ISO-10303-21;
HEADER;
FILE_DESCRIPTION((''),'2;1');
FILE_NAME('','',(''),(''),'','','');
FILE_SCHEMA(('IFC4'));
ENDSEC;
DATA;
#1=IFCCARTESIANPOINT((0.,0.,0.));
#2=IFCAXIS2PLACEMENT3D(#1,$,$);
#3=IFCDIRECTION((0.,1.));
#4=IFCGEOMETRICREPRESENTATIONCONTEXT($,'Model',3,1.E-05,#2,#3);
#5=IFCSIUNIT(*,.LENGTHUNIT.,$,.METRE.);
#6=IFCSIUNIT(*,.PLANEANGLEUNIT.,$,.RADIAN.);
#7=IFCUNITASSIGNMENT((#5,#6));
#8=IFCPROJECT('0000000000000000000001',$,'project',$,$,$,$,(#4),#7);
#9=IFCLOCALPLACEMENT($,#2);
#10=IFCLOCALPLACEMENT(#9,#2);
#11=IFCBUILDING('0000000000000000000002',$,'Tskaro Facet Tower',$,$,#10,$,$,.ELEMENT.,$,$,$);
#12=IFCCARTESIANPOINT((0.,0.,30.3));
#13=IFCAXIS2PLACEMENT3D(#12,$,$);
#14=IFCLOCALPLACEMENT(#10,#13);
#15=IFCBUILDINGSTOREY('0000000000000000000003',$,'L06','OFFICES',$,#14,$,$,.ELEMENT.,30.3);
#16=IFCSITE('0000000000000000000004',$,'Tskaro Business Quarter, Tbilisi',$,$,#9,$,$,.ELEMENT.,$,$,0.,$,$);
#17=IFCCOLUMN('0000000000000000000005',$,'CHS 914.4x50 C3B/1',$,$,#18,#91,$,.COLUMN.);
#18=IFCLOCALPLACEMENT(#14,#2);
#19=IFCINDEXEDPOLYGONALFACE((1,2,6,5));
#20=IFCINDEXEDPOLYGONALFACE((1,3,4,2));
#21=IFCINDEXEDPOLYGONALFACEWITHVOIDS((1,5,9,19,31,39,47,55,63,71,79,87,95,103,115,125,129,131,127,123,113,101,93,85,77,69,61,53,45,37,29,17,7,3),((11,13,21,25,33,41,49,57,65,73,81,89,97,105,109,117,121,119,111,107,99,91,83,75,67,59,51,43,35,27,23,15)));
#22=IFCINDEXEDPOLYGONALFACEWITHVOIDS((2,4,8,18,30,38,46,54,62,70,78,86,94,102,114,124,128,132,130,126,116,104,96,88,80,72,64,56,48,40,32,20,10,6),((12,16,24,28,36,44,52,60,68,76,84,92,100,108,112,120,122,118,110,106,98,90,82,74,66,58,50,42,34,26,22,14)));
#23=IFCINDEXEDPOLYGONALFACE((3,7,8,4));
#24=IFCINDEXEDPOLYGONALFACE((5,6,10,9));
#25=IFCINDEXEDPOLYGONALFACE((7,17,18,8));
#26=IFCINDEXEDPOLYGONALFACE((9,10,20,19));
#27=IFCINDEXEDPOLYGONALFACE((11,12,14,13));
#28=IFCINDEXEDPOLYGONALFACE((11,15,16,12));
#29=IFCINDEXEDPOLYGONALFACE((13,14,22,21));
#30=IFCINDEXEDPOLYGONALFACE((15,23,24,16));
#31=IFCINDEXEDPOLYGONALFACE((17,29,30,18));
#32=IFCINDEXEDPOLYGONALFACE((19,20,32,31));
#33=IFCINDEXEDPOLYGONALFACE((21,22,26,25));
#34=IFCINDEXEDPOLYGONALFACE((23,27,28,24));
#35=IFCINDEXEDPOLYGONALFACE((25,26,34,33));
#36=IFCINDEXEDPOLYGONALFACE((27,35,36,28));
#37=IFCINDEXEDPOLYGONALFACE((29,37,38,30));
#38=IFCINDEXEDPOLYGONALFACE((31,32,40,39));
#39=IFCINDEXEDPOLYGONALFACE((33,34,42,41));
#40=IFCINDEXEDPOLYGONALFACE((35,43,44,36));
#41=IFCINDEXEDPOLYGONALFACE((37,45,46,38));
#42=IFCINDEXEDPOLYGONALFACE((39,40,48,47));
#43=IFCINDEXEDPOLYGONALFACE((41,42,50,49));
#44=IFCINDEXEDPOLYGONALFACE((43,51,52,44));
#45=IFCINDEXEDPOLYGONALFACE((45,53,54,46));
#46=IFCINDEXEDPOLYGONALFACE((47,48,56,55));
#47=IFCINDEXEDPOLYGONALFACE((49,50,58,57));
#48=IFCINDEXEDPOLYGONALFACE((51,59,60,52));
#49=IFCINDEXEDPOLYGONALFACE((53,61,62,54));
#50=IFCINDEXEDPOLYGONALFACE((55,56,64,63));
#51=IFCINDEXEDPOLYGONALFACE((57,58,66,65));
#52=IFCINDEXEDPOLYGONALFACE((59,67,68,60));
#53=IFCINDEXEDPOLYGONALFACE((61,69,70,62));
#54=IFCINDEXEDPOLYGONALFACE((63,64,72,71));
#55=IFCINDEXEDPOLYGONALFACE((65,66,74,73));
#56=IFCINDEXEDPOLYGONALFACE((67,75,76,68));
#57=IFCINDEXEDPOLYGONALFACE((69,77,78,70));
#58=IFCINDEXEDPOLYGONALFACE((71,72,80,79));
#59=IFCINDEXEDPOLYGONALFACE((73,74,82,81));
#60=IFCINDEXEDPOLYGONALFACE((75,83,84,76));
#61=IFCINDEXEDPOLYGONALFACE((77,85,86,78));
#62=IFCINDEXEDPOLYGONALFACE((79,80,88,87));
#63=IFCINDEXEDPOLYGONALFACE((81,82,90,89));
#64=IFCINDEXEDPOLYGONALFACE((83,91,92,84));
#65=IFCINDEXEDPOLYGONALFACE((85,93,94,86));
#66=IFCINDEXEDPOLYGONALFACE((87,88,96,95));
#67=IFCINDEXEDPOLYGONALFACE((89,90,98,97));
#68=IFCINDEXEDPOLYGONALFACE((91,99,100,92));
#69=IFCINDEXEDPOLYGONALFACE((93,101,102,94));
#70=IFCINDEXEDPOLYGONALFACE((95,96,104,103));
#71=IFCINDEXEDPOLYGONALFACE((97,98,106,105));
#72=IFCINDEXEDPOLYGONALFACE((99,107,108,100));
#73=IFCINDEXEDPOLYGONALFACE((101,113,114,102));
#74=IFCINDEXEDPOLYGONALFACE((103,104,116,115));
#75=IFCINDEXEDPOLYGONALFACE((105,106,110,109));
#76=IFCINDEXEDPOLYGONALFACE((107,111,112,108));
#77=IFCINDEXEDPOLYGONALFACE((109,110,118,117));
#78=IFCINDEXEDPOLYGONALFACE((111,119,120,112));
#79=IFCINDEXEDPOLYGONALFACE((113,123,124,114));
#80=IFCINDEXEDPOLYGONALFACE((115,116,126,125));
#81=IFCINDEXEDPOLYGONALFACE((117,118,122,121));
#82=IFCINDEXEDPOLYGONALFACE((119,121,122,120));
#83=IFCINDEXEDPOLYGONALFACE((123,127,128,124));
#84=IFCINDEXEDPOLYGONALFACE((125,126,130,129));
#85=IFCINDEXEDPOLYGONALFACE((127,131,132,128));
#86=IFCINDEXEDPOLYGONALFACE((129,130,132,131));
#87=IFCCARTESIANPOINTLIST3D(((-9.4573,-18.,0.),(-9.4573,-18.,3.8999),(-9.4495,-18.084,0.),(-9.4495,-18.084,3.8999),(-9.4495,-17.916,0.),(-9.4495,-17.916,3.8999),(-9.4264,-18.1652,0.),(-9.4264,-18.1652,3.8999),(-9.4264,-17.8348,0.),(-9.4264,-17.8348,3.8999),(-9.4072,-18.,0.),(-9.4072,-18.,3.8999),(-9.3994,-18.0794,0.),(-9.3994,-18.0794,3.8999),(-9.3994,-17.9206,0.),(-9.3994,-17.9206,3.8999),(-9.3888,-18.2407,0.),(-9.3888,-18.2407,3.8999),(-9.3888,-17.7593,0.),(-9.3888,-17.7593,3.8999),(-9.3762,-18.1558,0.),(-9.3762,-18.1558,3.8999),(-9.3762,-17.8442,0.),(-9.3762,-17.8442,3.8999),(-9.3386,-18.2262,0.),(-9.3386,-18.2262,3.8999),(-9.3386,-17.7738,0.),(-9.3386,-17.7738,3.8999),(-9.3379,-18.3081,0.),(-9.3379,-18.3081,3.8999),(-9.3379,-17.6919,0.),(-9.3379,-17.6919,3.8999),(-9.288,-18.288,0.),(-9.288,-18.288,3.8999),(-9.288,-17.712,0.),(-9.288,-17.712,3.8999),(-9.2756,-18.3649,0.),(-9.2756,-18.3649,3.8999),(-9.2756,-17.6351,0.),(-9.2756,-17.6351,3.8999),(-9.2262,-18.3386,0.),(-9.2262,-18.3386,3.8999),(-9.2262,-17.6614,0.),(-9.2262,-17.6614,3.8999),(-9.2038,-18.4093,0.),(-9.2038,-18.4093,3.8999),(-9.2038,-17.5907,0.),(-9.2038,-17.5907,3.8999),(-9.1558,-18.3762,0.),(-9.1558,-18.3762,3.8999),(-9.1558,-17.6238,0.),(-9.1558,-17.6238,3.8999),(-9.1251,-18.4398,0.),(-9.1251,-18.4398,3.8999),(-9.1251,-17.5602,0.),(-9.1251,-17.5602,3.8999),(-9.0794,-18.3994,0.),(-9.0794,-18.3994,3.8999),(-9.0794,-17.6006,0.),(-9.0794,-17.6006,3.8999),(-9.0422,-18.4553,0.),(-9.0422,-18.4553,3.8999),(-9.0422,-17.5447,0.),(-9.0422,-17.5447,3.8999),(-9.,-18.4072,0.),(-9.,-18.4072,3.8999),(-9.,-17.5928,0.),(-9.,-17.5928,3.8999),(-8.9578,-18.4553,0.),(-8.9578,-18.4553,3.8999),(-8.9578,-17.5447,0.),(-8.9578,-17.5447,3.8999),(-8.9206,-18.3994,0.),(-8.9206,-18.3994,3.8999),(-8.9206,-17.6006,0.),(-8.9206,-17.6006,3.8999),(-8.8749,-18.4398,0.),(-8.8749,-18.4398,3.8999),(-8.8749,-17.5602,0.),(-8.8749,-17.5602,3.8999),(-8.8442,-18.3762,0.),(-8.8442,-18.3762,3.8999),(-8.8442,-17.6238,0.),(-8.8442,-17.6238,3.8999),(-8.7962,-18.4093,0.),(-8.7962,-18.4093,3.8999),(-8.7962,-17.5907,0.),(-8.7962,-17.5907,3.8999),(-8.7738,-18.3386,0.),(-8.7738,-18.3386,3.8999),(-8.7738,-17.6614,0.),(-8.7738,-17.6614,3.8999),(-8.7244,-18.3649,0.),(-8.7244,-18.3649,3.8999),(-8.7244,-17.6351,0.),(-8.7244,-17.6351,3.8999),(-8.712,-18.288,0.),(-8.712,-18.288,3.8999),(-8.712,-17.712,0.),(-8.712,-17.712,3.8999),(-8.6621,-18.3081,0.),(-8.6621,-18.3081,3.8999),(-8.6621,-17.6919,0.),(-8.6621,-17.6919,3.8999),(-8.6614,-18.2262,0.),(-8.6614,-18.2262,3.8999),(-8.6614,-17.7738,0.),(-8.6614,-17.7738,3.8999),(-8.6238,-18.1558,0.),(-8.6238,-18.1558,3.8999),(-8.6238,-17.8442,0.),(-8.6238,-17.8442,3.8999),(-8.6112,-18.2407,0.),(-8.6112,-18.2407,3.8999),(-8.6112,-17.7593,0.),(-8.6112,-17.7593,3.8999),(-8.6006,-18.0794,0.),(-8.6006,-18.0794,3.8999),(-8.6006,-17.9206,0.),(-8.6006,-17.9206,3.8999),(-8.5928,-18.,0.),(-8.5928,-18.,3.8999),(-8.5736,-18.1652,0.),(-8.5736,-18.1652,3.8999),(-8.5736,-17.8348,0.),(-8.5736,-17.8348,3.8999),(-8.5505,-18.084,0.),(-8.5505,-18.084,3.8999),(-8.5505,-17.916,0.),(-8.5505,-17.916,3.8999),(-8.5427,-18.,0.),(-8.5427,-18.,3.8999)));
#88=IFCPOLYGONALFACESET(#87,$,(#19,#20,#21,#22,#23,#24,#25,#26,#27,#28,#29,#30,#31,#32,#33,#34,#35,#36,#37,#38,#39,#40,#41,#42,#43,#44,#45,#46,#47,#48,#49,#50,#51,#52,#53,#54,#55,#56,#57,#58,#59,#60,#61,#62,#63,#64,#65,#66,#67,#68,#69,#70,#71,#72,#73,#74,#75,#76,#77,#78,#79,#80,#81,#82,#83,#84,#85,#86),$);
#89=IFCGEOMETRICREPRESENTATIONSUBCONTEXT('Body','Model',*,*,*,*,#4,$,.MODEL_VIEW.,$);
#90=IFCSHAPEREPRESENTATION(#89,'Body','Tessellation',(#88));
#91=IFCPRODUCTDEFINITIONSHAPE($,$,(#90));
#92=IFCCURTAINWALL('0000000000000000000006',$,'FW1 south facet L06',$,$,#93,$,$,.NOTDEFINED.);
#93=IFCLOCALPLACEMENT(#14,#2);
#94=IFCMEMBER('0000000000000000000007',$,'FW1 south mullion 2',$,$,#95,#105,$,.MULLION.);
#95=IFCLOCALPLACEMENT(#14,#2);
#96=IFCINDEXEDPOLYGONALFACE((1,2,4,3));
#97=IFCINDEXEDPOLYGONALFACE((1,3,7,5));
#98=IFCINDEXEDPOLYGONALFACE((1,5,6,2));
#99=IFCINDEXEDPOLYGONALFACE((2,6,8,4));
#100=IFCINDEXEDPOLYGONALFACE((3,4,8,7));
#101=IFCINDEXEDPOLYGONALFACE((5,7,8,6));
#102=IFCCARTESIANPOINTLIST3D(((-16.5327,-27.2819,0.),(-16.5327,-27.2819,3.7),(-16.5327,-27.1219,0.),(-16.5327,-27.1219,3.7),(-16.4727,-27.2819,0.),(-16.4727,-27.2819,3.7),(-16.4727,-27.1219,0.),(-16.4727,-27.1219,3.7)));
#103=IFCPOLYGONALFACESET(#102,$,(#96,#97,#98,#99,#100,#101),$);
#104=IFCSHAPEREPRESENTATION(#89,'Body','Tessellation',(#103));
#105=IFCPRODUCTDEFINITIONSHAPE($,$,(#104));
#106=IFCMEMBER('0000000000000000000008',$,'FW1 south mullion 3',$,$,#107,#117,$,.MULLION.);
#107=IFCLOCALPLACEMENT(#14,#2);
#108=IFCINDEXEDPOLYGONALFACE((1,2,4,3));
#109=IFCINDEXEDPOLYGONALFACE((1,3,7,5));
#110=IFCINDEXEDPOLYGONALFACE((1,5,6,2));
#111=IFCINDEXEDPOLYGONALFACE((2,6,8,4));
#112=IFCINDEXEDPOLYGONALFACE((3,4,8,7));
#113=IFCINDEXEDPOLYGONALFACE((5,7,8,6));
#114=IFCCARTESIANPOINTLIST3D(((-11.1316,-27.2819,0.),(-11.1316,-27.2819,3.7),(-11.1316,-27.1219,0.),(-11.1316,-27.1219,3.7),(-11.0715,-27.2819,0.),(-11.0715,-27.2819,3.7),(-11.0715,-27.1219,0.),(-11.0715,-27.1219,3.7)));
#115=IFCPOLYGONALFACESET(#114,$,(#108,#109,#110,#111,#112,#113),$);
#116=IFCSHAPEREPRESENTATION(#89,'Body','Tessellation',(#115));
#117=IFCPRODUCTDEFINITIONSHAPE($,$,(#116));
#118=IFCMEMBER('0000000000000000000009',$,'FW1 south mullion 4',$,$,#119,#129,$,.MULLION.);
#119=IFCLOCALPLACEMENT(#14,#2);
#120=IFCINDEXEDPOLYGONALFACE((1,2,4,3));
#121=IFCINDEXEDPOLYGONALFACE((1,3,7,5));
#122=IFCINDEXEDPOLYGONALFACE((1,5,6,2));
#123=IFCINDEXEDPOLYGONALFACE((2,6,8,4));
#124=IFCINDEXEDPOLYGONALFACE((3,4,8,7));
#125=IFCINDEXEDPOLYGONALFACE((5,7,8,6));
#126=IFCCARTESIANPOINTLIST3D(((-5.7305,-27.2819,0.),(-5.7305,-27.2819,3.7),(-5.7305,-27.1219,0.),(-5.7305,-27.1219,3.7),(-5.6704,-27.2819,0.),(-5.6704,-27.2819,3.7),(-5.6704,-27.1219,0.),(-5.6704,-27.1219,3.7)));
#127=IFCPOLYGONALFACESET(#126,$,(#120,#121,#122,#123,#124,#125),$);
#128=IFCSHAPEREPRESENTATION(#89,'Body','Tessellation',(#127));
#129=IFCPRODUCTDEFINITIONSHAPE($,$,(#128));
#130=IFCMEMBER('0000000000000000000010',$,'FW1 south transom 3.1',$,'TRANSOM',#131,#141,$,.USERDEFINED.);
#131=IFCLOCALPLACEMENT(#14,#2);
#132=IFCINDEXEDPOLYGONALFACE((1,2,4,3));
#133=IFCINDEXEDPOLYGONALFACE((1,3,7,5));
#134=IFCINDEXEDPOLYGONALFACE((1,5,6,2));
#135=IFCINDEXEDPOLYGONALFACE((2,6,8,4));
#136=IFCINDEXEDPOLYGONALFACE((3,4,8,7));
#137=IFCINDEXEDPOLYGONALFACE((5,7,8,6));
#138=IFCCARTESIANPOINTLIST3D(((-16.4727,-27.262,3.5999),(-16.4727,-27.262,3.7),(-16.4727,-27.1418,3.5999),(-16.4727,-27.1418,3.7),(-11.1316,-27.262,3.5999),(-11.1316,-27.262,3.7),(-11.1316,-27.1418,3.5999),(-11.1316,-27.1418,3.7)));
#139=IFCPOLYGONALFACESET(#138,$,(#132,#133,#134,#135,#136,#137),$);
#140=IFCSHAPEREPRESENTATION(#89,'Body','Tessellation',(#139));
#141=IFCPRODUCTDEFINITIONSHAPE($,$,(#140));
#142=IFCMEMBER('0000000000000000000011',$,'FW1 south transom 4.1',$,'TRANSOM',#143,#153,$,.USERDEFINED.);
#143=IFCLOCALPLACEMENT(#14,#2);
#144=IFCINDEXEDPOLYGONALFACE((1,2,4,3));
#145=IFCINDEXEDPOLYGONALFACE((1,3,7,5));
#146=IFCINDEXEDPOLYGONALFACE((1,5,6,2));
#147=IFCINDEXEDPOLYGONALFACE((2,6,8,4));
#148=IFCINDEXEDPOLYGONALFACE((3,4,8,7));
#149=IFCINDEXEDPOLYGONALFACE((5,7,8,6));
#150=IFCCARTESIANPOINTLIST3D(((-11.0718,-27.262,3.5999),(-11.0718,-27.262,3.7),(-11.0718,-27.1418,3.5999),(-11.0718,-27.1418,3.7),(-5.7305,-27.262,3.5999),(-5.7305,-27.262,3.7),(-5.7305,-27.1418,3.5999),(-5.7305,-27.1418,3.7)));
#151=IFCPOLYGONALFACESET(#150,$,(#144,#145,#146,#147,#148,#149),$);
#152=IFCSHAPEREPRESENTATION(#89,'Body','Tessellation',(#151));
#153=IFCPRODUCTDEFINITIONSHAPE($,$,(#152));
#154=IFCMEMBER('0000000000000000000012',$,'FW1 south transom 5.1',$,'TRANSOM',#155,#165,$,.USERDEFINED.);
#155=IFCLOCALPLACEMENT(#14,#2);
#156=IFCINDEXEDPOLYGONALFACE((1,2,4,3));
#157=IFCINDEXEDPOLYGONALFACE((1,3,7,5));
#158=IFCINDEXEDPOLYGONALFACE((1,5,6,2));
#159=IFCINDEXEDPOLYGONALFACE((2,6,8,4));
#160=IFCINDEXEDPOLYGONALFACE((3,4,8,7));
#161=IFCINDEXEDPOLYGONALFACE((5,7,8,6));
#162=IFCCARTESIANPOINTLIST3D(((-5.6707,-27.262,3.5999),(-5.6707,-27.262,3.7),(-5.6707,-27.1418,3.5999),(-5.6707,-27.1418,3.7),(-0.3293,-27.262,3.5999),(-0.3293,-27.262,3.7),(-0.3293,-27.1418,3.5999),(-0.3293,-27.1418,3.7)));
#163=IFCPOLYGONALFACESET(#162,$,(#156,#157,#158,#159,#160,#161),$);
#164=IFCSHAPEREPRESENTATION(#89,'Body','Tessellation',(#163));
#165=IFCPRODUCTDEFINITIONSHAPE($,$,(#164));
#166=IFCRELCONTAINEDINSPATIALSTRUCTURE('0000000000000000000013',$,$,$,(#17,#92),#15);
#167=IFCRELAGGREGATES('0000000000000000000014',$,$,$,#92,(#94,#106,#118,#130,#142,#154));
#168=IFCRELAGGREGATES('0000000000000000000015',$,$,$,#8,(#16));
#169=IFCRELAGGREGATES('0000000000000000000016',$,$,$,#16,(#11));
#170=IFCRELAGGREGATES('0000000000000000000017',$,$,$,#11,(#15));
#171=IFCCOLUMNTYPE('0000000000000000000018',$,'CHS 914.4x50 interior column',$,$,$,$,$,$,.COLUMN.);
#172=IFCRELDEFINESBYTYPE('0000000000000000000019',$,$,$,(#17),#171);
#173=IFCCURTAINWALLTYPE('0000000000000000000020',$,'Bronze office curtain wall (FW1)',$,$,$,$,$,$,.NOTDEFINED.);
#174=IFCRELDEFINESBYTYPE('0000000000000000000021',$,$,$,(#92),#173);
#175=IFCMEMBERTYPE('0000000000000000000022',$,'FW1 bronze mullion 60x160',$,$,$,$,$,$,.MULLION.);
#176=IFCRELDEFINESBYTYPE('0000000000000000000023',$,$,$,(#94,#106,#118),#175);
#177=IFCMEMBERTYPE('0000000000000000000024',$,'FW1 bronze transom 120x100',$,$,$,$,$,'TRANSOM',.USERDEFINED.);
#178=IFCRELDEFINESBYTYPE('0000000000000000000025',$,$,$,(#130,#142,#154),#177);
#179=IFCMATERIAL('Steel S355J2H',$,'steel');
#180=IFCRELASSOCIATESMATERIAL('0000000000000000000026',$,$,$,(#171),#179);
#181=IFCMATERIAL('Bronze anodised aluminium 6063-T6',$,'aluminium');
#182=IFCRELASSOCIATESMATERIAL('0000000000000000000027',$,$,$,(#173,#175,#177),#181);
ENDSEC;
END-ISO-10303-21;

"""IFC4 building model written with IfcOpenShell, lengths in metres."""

from ifc_helpers import new_model, si_unit, direction, frame, origin, origin_2d, place, context, subcontext, project, spatial, rectangle, hollow_circle, extrude, material, material_profile, profile_set, type_object, element, aggregate, save


model = new_model("IFC4")

# Units and contexts
model_context = context("Model", 3, precision=1e-05, world=origin(), true_north=direction((0.0, 1.0)))
body_context = subcontext(model_context, "Body", "Model", "MODEL_VIEW")
ifc_project = project(units=[si_unit("LENGTHUNIT", "METRE"), si_unit("PLANEANGLEUNIT", "RADIAN")], contexts=[model_context])

# Site, building, storey
site_placement = place(None, origin())
site = spatial("IfcSite", under=ifc_project, at=site_placement, Name="Tskaro Business Quarter, Tbilisi", CompositionType="ELEMENT", RefElevation=0.0)
building_placement = place(site_placement, origin())
building = spatial("IfcBuilding", under=site, at=building_placement, Name="Tskaro Facet Tower", CompositionType="ELEMENT")
storey_placement = place(building_placement, frame((0.0, 0.0, 30.3)))
storey = spatial("IfcBuildingStorey", under=building, at=storey_placement, Name="L06", Description="OFFICES", CompositionType="ELEMENT", Elevation=30.3)

# Column
ifc_material_1 = material(Name="Steel S355J2H", Category="steel")
ifc_material_profile_1 = material_profile(ifc_material_1, hollow_circle(Radius=0.4573, WallThickness=0.05, at=origin_2d()), Name="CHS 914.4x50")
ifc_profile_set_1 = profile_set([ifc_material_profile_1], Name="Steel S355J2H")
column_type_1 = type_object("IfcColumnType", Name="CHS 914.4x50 interior column", PredefinedType="COLUMN", material=ifc_profile_set_1)
column_1_placement = place(storey_placement, frame((-9.0, -18.0, 0.0), z_axis=(0.0, 0.0, 1.0), x_axis=(1.0, 0.0, 0.0)))
element("IfcColumn", 1, at=column_1_placement, inside=storey, type_object=column_type_1, Name="CHS 914.4x50 C3B/1", PredefinedType="COLUMN", context=body_context, shape_type="SweptSolid", body=[
    extrude(hollow_circle(Radius=0.4573, WallThickness=0.05, at=origin_2d()), origin(), (0.0, 0.0, 1.0), 3.8999),
])

# Curtain wall, members
ifc_material_2 = material(Name="Bronze anodised aluminium 6063-T6", Category="aluminium")
curtain_wall_type = type_object("IfcCurtainWallType", Name="Bronze office curtain wall (FW1)", PredefinedType="NOTDEFINED", material=ifc_material_2)
curtain_wall_placement = place(storey_placement, origin())
curtain_wall = element("IfcCurtainWall", 2, at=curtain_wall_placement, inside=storey, type_object=curtain_wall_type, Name="FW1 south facet L06", PredefinedType="NOTDEFINED")
ifc_material_profile_2 = material_profile(ifc_material_2, rectangle(XDim=0.0601, YDim=0.1599, at=origin_2d()), Name="Mullion 60x160")
ifc_profile_set_2 = profile_set([ifc_material_profile_2], Name="Bronze anodised aluminium 6063-T6")
member_type_1 = type_object("IfcMemberType", Name="FW1 bronze mullion 60x160", PredefinedType="MULLION", material=ifc_profile_set_2)
member_1_placement = place(storey_placement, frame((-16.5027, -27.2019, 0.0), z_axis=(0.0, 0.0, 1.0), x_axis=(1.0, 0.0, 0.0)))
member_1 = element("IfcMember", 3, at=member_1_placement, type_object=member_type_1, Name="FW1 south mullion 2", PredefinedType="MULLION", context=body_context, shape_type="SweptSolid", body=[
    extrude(rectangle(XDim=0.0601, YDim=0.1599, at=origin_2d()), origin(), (0.0, 0.0, 1.0), 3.7),
])
member_2_placement = place(storey_placement, frame((-11.1016, -27.2019, 0.0), z_axis=(0.0, 0.0, 1.0), x_axis=(1.0, 0.0, 0.0)))
member_2 = element("IfcMember", 4, at=member_2_placement, type_object=member_type_1, Name="FW1 south mullion 3", PredefinedType="MULLION", context=body_context, shape_type="SweptSolid", body=[
    extrude(rectangle(XDim=0.0601, YDim=0.1599, at=origin_2d()), origin(), (0.0, 0.0, 1.0), 3.7),
])
member_3_placement = place(storey_placement, frame((-5.7004, -27.2019, 0.0), z_axis=(0.0, 0.0, 1.0), x_axis=(1.0, 0.0, 0.0)))
member_3 = element("IfcMember", 5, at=member_3_placement, type_object=member_type_1, Name="FW1 south mullion 4", PredefinedType="MULLION", context=body_context, shape_type="SweptSolid", body=[
    extrude(rectangle(XDim=0.0601, YDim=0.1599, at=origin_2d()), origin(), (0.0, 0.0, 1.0), 3.7),
])
ifc_material_profile_3 = material_profile(ifc_material_2, rectangle(XDim=0.1201, YDim=0.1001, at=origin_2d()), Name="Transom 120x100")
ifc_profile_set_3 = profile_set([ifc_material_profile_3], Name="Bronze anodised aluminium 6063-T6")
member_type_2 = type_object("IfcMemberType", Name="FW1 bronze transom 120x100", ElementType="TRANSOM", PredefinedType="USERDEFINED", material=ifc_profile_set_3)
member_4_placement = place(storey_placement, frame((-16.4727, -27.2019, 3.6499), z_axis=(1.0, 0.0, 0.0), x_axis=(0.0, 1.0, 0.0)))
member_4 = element("IfcMember", 6, at=member_4_placement, type_object=member_type_2, Name="FW1 south transom 3.1", ObjectType="TRANSOM", PredefinedType="USERDEFINED", context=body_context, shape_type="SweptSolid", body=[
    extrude(rectangle(XDim=0.1201, YDim=0.1001, at=origin_2d()), origin(), (0.0, 0.0, 1.0), 5.3411),
])
member_5_placement = place(storey_placement, frame((-11.0718, -27.2019, 3.6499), z_axis=(1.0, 0.0, 0.0), x_axis=(0.0, 1.0, 0.0)))
member_5 = element("IfcMember", 7, at=member_5_placement, type_object=member_type_2, Name="FW1 south transom 4.1", ObjectType="TRANSOM", PredefinedType="USERDEFINED", context=body_context, shape_type="SweptSolid", body=[
    extrude(rectangle(XDim=0.1201, YDim=0.1001, at=origin_2d()), origin(), (0.0, 0.0, 1.0), 5.3413),
])
member_6_placement = place(storey_placement, frame((-5.6707, -27.2019, 3.6499), z_axis=(1.0, 0.0, 0.0), x_axis=(0.0, 1.0, 0.0)))
member_6 = element("IfcMember", 8, at=member_6_placement, type_object=member_type_2, Name="FW1 south transom 5.1", ObjectType="TRANSOM", PredefinedType="USERDEFINED", context=body_context, shape_type="SweptSolid", body=[
    extrude(rectangle(XDim=0.1201, YDim=0.1001, at=origin_2d()), origin(), (0.0, 0.0, 1.0), 5.3413),
])

aggregate(curtain_wall, [member_1, member_2, member_3, member_4, member_5, member_6])

save(model, "model.ifc")
